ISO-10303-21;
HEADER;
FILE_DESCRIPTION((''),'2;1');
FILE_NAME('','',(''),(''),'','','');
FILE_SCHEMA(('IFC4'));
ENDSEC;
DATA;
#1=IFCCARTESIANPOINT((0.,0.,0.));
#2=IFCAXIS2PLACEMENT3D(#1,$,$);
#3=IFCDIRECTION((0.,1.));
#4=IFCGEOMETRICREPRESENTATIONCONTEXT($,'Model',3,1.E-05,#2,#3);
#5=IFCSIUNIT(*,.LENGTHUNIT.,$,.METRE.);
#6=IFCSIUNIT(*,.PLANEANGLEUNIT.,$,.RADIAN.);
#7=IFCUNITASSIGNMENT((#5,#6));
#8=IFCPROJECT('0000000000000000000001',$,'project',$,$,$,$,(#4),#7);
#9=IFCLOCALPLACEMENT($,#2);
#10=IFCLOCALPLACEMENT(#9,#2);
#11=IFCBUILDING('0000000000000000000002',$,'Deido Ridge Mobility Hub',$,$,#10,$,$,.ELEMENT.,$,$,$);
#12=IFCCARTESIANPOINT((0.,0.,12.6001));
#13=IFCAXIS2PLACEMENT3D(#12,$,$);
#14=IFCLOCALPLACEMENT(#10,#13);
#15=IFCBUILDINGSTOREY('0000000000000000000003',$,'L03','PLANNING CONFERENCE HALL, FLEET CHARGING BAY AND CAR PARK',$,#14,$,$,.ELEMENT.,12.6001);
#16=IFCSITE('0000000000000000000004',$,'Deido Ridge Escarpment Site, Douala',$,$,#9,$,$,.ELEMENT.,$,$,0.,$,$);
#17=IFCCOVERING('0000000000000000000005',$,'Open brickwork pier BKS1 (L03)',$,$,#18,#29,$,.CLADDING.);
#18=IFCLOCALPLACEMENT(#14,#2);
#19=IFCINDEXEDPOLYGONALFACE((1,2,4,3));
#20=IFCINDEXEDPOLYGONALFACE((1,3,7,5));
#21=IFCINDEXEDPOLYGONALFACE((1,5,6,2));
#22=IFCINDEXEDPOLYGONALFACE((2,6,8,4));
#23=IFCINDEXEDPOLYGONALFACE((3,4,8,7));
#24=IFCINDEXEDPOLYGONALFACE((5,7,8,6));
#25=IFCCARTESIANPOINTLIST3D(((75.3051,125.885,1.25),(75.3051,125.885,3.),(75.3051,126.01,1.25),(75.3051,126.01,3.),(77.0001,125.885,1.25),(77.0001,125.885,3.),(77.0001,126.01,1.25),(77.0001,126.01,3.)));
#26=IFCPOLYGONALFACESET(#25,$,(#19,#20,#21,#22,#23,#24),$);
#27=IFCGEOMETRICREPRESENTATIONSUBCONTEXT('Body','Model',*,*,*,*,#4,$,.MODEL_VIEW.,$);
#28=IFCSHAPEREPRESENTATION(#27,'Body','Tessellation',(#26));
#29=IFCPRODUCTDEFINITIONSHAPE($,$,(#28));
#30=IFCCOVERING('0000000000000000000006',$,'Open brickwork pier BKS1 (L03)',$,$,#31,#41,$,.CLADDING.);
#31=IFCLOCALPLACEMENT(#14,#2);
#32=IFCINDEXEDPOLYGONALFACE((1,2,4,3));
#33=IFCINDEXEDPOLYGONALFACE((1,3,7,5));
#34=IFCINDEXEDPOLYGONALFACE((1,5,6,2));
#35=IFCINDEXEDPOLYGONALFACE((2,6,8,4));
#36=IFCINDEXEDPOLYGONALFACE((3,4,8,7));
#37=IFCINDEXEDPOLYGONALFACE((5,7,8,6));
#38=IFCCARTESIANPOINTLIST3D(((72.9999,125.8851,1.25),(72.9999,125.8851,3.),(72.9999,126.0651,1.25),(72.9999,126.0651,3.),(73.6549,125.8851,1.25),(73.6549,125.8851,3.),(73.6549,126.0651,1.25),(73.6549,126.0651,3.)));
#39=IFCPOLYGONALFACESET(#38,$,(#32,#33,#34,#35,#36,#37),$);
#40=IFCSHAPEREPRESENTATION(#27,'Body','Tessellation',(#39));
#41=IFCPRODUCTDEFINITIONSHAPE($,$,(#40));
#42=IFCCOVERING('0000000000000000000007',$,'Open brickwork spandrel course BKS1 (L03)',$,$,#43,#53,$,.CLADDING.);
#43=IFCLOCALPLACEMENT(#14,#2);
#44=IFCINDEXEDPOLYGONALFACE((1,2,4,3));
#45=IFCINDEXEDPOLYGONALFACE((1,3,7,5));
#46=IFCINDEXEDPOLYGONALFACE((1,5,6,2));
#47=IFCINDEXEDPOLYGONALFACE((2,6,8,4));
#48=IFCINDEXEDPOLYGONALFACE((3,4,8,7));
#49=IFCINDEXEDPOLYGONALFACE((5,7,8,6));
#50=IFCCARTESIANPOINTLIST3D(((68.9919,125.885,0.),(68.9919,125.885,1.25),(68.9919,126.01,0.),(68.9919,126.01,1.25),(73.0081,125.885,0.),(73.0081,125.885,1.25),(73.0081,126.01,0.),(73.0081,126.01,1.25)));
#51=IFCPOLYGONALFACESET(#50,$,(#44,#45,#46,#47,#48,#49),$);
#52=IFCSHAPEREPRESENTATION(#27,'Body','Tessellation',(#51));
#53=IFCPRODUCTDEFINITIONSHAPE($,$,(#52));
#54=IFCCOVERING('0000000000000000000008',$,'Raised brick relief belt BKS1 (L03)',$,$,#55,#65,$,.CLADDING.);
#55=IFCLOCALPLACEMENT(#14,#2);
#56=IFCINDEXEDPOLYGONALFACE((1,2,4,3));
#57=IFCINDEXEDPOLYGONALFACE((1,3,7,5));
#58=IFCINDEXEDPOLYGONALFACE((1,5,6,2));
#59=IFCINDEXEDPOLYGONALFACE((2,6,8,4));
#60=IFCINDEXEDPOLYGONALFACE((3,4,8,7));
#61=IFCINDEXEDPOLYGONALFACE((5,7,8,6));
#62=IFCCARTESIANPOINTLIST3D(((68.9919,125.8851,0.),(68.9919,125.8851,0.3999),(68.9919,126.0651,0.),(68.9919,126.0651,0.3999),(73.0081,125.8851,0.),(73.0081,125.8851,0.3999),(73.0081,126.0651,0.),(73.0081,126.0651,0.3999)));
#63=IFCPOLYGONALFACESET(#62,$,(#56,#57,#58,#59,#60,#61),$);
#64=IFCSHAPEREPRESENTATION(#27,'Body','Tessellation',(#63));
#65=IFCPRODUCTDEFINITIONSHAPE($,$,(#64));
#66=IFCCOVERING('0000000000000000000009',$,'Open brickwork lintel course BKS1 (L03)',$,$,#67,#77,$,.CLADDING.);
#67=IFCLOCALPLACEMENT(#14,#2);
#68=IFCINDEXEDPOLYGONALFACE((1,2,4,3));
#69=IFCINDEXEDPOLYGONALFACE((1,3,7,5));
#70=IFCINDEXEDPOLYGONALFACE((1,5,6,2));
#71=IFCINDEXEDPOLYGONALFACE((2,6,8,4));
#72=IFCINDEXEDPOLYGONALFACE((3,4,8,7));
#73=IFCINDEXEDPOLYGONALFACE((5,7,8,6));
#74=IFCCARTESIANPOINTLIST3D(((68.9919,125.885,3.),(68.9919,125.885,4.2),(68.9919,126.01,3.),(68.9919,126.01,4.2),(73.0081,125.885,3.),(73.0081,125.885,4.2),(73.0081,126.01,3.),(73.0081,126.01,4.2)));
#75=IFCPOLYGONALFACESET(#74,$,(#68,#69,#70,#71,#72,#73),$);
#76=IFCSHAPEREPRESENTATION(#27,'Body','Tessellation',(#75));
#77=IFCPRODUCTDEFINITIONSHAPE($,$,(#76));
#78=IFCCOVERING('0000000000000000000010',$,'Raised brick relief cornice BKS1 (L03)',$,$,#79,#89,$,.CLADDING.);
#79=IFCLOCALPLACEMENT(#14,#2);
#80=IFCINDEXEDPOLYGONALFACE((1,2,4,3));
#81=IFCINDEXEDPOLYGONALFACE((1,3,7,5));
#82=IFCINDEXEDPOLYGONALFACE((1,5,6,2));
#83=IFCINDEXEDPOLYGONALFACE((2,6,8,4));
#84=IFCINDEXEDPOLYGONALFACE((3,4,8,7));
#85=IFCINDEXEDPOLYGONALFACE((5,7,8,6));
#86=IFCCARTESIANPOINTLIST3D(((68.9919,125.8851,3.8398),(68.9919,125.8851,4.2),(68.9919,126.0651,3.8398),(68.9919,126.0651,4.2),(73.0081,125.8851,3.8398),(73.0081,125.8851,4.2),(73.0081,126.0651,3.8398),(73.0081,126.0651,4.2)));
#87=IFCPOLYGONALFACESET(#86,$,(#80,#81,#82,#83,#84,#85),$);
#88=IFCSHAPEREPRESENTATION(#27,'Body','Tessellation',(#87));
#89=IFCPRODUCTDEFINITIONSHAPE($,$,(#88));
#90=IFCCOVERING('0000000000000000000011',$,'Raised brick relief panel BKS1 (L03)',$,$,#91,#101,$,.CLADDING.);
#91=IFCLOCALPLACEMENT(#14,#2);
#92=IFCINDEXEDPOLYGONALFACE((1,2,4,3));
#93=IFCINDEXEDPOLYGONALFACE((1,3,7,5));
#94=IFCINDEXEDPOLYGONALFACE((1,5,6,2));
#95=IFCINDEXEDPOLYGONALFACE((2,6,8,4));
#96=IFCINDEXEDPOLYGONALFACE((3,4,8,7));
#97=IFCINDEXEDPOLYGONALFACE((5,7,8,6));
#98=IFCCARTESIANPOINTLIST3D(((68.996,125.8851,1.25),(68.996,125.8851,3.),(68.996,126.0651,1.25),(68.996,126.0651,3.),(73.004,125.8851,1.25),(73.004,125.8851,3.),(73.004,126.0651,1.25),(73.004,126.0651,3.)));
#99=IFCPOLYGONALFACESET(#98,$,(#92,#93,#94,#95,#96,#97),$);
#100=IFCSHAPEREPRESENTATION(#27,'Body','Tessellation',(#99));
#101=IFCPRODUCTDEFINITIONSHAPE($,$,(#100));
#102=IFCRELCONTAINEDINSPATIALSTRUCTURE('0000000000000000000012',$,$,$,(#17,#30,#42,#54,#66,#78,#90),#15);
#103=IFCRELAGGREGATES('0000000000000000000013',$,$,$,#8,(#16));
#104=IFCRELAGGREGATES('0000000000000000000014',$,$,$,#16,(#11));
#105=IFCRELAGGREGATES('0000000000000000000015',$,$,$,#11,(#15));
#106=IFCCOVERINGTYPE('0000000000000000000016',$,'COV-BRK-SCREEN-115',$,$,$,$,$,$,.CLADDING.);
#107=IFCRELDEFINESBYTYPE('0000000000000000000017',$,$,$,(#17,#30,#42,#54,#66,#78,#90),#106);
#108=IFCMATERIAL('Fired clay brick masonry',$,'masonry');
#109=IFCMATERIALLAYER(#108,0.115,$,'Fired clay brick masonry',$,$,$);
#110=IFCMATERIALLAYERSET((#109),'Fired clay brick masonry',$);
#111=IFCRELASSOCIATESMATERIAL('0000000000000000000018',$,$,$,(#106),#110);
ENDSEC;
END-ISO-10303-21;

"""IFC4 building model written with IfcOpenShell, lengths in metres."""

from ifc_helpers import new_model, si_unit, direction, frame, origin, origin_2d, place, context, subcontext, project, spatial, rectangle, extrude, material, layer, layer_set, type_object, element, save


model = new_model("IFC4")

# Units and contexts
model_context = context("Model", 3, precision=1e-05, world=origin(), true_north=direction((0.0, 1.0)))
body_context = subcontext(model_context, "Body", "Model", "MODEL_VIEW")
ifc_project = project(units=[si_unit("LENGTHUNIT", "METRE"), si_unit("PLANEANGLEUNIT", "RADIAN")], contexts=[model_context])

# Site, building, storey
site_placement = place(None, origin())
site = spatial("IfcSite", under=ifc_project, at=site_placement, Name="Deido Ridge Escarpment Site, Douala", CompositionType="ELEMENT", RefElevation=0.0)
building_placement = place(site_placement, origin())
building = spatial("IfcBuilding", under=site, at=building_placement, Name="Deido Ridge Mobility Hub", CompositionType="ELEMENT")
storey_placement = place(building_placement, frame((0.0, 0.0, 12.6001)))
storey = spatial("IfcBuildingStorey", under=building, at=storey_placement, Name="L03", Description="PLANNING CONFERENCE HALL, FLEET CHARGING BAY AND CAR PARK", CompositionType="ELEMENT", Elevation=12.6001)

# Coverings
ifc_material_1 = material(Name="Fired clay brick masonry", Category="masonry")
ifc_layer = layer(ifc_material_1, 0.115, Name="Fired clay brick masonry")
ifc_layer_set = layer_set([ifc_layer], Name="Fired clay brick masonry")
covering_type = type_object("IfcCoveringType", Name="COV-BRK-SCREEN-115", PredefinedType="CLADDING", material=ifc_layer_set)
covering_1_placement = place(storey_placement, frame((76.1526, 125.9475, 1.25), z_axis=(0.0, 0.0, 1.0), x_axis=(-1.0, 0.0, 0.0)))
element("IfcCovering", 1, at=covering_1_placement, inside=storey, type_object=covering_type, Name="Open brickwork pier BKS1 (L03)", PredefinedType="CLADDING", context=body_context, shape_type="SweptSolid", body=[
    extrude(rectangle(XDim=1.6951, YDim=0.125, at=origin_2d()), origin(), (0.0, 0.0, 1.0), 1.75),
])
covering_2_placement = place(storey_placement, frame((73.3274, 125.9751, 1.25), z_axis=(0.0, 0.0, 1.0), x_axis=(-1.0, 0.0, 0.0)))
element("IfcCovering", 2, at=covering_2_placement, inside=storey, type_object=covering_type, Name="Open brickwork pier BKS1 (L03)", PredefinedType="CLADDING", context=body_context, shape_type="SweptSolid", body=[
    extrude(rectangle(XDim=0.655, YDim=0.1799, at=origin_2d()), origin(), (0.0, 0.0, 1.0), 1.75),
])
covering_3_placement = place(storey_placement, frame((71.0, 125.9475, 0.0), z_axis=(0.0, 0.0, 1.0), x_axis=(-1.0, 0.0, 0.0)))
element("IfcCovering", 3, at=covering_3_placement, inside=storey, type_object=covering_type, Name="Open brickwork spandrel course BKS1 (L03)", PredefinedType="CLADDING", context=body_context, shape_type="SweptSolid", body=[
    extrude(rectangle(XDim=4.0161, YDim=0.125, at=origin_2d()), origin(), (0.0, 0.0, 1.0), 1.25),
])
covering_4_placement = place(storey_placement, frame((71.0, 125.9751, 0.0), z_axis=(0.0, 0.0, 1.0), x_axis=(-1.0, 0.0, 0.0)))
element("IfcCovering", 4, at=covering_4_placement, inside=storey, type_object=covering_type, Name="Raised brick relief belt BKS1 (L03)", PredefinedType="CLADDING", context=body_context, shape_type="SweptSolid", body=[
    extrude(rectangle(XDim=4.0161, YDim=0.1799, at=origin_2d()), origin(), (0.0, 0.0, 1.0), 0.3999),
])
covering_5_placement = place(storey_placement, frame((71.0, 125.9475, 3.0), z_axis=(0.0, 0.0, 1.0), x_axis=(-1.0, 0.0, 0.0)))
element("IfcCovering", 5, at=covering_5_placement, inside=storey, type_object=covering_type, Name="Open brickwork lintel course BKS1 (L03)", PredefinedType="CLADDING", context=body_context, shape_type="SweptSolid", body=[
    extrude(rectangle(XDim=4.0161, YDim=0.125, at=origin_2d()), origin(), (0.0, 0.0, 1.0), 1.2),
])
covering_6_placement = place(storey_placement, frame((71.0, 125.9751, 3.8398), z_axis=(0.0, 0.0, 1.0), x_axis=(-1.0, 0.0, 0.0)))
element("IfcCovering", 6, at=covering_6_placement, inside=storey, type_object=covering_type, Name="Raised brick relief cornice BKS1 (L03)", PredefinedType="CLADDING", context=body_context, shape_type="SweptSolid", body=[
    extrude(rectangle(XDim=4.0161, YDim=0.1799, at=origin_2d()), origin(), (0.0, 0.0, 1.0), 0.3601),
])
covering_7_placement = place(storey_placement, frame((71.0, 125.9751, 1.25), z_axis=(0.0, 0.0, 1.0), x_axis=(-1.0, 0.0, 0.0)))
element("IfcCovering", 7, at=covering_7_placement, inside=storey, type_object=covering_type, Name="Raised brick relief panel BKS1 (L03)", PredefinedType="CLADDING", context=body_context, shape_type="SweptSolid", body=[
    extrude(rectangle(XDim=4.0081, YDim=0.1799, at=origin_2d()), origin(), (0.0, 0.0, 1.0), 1.75),
])

save(model, "model.ifc")
